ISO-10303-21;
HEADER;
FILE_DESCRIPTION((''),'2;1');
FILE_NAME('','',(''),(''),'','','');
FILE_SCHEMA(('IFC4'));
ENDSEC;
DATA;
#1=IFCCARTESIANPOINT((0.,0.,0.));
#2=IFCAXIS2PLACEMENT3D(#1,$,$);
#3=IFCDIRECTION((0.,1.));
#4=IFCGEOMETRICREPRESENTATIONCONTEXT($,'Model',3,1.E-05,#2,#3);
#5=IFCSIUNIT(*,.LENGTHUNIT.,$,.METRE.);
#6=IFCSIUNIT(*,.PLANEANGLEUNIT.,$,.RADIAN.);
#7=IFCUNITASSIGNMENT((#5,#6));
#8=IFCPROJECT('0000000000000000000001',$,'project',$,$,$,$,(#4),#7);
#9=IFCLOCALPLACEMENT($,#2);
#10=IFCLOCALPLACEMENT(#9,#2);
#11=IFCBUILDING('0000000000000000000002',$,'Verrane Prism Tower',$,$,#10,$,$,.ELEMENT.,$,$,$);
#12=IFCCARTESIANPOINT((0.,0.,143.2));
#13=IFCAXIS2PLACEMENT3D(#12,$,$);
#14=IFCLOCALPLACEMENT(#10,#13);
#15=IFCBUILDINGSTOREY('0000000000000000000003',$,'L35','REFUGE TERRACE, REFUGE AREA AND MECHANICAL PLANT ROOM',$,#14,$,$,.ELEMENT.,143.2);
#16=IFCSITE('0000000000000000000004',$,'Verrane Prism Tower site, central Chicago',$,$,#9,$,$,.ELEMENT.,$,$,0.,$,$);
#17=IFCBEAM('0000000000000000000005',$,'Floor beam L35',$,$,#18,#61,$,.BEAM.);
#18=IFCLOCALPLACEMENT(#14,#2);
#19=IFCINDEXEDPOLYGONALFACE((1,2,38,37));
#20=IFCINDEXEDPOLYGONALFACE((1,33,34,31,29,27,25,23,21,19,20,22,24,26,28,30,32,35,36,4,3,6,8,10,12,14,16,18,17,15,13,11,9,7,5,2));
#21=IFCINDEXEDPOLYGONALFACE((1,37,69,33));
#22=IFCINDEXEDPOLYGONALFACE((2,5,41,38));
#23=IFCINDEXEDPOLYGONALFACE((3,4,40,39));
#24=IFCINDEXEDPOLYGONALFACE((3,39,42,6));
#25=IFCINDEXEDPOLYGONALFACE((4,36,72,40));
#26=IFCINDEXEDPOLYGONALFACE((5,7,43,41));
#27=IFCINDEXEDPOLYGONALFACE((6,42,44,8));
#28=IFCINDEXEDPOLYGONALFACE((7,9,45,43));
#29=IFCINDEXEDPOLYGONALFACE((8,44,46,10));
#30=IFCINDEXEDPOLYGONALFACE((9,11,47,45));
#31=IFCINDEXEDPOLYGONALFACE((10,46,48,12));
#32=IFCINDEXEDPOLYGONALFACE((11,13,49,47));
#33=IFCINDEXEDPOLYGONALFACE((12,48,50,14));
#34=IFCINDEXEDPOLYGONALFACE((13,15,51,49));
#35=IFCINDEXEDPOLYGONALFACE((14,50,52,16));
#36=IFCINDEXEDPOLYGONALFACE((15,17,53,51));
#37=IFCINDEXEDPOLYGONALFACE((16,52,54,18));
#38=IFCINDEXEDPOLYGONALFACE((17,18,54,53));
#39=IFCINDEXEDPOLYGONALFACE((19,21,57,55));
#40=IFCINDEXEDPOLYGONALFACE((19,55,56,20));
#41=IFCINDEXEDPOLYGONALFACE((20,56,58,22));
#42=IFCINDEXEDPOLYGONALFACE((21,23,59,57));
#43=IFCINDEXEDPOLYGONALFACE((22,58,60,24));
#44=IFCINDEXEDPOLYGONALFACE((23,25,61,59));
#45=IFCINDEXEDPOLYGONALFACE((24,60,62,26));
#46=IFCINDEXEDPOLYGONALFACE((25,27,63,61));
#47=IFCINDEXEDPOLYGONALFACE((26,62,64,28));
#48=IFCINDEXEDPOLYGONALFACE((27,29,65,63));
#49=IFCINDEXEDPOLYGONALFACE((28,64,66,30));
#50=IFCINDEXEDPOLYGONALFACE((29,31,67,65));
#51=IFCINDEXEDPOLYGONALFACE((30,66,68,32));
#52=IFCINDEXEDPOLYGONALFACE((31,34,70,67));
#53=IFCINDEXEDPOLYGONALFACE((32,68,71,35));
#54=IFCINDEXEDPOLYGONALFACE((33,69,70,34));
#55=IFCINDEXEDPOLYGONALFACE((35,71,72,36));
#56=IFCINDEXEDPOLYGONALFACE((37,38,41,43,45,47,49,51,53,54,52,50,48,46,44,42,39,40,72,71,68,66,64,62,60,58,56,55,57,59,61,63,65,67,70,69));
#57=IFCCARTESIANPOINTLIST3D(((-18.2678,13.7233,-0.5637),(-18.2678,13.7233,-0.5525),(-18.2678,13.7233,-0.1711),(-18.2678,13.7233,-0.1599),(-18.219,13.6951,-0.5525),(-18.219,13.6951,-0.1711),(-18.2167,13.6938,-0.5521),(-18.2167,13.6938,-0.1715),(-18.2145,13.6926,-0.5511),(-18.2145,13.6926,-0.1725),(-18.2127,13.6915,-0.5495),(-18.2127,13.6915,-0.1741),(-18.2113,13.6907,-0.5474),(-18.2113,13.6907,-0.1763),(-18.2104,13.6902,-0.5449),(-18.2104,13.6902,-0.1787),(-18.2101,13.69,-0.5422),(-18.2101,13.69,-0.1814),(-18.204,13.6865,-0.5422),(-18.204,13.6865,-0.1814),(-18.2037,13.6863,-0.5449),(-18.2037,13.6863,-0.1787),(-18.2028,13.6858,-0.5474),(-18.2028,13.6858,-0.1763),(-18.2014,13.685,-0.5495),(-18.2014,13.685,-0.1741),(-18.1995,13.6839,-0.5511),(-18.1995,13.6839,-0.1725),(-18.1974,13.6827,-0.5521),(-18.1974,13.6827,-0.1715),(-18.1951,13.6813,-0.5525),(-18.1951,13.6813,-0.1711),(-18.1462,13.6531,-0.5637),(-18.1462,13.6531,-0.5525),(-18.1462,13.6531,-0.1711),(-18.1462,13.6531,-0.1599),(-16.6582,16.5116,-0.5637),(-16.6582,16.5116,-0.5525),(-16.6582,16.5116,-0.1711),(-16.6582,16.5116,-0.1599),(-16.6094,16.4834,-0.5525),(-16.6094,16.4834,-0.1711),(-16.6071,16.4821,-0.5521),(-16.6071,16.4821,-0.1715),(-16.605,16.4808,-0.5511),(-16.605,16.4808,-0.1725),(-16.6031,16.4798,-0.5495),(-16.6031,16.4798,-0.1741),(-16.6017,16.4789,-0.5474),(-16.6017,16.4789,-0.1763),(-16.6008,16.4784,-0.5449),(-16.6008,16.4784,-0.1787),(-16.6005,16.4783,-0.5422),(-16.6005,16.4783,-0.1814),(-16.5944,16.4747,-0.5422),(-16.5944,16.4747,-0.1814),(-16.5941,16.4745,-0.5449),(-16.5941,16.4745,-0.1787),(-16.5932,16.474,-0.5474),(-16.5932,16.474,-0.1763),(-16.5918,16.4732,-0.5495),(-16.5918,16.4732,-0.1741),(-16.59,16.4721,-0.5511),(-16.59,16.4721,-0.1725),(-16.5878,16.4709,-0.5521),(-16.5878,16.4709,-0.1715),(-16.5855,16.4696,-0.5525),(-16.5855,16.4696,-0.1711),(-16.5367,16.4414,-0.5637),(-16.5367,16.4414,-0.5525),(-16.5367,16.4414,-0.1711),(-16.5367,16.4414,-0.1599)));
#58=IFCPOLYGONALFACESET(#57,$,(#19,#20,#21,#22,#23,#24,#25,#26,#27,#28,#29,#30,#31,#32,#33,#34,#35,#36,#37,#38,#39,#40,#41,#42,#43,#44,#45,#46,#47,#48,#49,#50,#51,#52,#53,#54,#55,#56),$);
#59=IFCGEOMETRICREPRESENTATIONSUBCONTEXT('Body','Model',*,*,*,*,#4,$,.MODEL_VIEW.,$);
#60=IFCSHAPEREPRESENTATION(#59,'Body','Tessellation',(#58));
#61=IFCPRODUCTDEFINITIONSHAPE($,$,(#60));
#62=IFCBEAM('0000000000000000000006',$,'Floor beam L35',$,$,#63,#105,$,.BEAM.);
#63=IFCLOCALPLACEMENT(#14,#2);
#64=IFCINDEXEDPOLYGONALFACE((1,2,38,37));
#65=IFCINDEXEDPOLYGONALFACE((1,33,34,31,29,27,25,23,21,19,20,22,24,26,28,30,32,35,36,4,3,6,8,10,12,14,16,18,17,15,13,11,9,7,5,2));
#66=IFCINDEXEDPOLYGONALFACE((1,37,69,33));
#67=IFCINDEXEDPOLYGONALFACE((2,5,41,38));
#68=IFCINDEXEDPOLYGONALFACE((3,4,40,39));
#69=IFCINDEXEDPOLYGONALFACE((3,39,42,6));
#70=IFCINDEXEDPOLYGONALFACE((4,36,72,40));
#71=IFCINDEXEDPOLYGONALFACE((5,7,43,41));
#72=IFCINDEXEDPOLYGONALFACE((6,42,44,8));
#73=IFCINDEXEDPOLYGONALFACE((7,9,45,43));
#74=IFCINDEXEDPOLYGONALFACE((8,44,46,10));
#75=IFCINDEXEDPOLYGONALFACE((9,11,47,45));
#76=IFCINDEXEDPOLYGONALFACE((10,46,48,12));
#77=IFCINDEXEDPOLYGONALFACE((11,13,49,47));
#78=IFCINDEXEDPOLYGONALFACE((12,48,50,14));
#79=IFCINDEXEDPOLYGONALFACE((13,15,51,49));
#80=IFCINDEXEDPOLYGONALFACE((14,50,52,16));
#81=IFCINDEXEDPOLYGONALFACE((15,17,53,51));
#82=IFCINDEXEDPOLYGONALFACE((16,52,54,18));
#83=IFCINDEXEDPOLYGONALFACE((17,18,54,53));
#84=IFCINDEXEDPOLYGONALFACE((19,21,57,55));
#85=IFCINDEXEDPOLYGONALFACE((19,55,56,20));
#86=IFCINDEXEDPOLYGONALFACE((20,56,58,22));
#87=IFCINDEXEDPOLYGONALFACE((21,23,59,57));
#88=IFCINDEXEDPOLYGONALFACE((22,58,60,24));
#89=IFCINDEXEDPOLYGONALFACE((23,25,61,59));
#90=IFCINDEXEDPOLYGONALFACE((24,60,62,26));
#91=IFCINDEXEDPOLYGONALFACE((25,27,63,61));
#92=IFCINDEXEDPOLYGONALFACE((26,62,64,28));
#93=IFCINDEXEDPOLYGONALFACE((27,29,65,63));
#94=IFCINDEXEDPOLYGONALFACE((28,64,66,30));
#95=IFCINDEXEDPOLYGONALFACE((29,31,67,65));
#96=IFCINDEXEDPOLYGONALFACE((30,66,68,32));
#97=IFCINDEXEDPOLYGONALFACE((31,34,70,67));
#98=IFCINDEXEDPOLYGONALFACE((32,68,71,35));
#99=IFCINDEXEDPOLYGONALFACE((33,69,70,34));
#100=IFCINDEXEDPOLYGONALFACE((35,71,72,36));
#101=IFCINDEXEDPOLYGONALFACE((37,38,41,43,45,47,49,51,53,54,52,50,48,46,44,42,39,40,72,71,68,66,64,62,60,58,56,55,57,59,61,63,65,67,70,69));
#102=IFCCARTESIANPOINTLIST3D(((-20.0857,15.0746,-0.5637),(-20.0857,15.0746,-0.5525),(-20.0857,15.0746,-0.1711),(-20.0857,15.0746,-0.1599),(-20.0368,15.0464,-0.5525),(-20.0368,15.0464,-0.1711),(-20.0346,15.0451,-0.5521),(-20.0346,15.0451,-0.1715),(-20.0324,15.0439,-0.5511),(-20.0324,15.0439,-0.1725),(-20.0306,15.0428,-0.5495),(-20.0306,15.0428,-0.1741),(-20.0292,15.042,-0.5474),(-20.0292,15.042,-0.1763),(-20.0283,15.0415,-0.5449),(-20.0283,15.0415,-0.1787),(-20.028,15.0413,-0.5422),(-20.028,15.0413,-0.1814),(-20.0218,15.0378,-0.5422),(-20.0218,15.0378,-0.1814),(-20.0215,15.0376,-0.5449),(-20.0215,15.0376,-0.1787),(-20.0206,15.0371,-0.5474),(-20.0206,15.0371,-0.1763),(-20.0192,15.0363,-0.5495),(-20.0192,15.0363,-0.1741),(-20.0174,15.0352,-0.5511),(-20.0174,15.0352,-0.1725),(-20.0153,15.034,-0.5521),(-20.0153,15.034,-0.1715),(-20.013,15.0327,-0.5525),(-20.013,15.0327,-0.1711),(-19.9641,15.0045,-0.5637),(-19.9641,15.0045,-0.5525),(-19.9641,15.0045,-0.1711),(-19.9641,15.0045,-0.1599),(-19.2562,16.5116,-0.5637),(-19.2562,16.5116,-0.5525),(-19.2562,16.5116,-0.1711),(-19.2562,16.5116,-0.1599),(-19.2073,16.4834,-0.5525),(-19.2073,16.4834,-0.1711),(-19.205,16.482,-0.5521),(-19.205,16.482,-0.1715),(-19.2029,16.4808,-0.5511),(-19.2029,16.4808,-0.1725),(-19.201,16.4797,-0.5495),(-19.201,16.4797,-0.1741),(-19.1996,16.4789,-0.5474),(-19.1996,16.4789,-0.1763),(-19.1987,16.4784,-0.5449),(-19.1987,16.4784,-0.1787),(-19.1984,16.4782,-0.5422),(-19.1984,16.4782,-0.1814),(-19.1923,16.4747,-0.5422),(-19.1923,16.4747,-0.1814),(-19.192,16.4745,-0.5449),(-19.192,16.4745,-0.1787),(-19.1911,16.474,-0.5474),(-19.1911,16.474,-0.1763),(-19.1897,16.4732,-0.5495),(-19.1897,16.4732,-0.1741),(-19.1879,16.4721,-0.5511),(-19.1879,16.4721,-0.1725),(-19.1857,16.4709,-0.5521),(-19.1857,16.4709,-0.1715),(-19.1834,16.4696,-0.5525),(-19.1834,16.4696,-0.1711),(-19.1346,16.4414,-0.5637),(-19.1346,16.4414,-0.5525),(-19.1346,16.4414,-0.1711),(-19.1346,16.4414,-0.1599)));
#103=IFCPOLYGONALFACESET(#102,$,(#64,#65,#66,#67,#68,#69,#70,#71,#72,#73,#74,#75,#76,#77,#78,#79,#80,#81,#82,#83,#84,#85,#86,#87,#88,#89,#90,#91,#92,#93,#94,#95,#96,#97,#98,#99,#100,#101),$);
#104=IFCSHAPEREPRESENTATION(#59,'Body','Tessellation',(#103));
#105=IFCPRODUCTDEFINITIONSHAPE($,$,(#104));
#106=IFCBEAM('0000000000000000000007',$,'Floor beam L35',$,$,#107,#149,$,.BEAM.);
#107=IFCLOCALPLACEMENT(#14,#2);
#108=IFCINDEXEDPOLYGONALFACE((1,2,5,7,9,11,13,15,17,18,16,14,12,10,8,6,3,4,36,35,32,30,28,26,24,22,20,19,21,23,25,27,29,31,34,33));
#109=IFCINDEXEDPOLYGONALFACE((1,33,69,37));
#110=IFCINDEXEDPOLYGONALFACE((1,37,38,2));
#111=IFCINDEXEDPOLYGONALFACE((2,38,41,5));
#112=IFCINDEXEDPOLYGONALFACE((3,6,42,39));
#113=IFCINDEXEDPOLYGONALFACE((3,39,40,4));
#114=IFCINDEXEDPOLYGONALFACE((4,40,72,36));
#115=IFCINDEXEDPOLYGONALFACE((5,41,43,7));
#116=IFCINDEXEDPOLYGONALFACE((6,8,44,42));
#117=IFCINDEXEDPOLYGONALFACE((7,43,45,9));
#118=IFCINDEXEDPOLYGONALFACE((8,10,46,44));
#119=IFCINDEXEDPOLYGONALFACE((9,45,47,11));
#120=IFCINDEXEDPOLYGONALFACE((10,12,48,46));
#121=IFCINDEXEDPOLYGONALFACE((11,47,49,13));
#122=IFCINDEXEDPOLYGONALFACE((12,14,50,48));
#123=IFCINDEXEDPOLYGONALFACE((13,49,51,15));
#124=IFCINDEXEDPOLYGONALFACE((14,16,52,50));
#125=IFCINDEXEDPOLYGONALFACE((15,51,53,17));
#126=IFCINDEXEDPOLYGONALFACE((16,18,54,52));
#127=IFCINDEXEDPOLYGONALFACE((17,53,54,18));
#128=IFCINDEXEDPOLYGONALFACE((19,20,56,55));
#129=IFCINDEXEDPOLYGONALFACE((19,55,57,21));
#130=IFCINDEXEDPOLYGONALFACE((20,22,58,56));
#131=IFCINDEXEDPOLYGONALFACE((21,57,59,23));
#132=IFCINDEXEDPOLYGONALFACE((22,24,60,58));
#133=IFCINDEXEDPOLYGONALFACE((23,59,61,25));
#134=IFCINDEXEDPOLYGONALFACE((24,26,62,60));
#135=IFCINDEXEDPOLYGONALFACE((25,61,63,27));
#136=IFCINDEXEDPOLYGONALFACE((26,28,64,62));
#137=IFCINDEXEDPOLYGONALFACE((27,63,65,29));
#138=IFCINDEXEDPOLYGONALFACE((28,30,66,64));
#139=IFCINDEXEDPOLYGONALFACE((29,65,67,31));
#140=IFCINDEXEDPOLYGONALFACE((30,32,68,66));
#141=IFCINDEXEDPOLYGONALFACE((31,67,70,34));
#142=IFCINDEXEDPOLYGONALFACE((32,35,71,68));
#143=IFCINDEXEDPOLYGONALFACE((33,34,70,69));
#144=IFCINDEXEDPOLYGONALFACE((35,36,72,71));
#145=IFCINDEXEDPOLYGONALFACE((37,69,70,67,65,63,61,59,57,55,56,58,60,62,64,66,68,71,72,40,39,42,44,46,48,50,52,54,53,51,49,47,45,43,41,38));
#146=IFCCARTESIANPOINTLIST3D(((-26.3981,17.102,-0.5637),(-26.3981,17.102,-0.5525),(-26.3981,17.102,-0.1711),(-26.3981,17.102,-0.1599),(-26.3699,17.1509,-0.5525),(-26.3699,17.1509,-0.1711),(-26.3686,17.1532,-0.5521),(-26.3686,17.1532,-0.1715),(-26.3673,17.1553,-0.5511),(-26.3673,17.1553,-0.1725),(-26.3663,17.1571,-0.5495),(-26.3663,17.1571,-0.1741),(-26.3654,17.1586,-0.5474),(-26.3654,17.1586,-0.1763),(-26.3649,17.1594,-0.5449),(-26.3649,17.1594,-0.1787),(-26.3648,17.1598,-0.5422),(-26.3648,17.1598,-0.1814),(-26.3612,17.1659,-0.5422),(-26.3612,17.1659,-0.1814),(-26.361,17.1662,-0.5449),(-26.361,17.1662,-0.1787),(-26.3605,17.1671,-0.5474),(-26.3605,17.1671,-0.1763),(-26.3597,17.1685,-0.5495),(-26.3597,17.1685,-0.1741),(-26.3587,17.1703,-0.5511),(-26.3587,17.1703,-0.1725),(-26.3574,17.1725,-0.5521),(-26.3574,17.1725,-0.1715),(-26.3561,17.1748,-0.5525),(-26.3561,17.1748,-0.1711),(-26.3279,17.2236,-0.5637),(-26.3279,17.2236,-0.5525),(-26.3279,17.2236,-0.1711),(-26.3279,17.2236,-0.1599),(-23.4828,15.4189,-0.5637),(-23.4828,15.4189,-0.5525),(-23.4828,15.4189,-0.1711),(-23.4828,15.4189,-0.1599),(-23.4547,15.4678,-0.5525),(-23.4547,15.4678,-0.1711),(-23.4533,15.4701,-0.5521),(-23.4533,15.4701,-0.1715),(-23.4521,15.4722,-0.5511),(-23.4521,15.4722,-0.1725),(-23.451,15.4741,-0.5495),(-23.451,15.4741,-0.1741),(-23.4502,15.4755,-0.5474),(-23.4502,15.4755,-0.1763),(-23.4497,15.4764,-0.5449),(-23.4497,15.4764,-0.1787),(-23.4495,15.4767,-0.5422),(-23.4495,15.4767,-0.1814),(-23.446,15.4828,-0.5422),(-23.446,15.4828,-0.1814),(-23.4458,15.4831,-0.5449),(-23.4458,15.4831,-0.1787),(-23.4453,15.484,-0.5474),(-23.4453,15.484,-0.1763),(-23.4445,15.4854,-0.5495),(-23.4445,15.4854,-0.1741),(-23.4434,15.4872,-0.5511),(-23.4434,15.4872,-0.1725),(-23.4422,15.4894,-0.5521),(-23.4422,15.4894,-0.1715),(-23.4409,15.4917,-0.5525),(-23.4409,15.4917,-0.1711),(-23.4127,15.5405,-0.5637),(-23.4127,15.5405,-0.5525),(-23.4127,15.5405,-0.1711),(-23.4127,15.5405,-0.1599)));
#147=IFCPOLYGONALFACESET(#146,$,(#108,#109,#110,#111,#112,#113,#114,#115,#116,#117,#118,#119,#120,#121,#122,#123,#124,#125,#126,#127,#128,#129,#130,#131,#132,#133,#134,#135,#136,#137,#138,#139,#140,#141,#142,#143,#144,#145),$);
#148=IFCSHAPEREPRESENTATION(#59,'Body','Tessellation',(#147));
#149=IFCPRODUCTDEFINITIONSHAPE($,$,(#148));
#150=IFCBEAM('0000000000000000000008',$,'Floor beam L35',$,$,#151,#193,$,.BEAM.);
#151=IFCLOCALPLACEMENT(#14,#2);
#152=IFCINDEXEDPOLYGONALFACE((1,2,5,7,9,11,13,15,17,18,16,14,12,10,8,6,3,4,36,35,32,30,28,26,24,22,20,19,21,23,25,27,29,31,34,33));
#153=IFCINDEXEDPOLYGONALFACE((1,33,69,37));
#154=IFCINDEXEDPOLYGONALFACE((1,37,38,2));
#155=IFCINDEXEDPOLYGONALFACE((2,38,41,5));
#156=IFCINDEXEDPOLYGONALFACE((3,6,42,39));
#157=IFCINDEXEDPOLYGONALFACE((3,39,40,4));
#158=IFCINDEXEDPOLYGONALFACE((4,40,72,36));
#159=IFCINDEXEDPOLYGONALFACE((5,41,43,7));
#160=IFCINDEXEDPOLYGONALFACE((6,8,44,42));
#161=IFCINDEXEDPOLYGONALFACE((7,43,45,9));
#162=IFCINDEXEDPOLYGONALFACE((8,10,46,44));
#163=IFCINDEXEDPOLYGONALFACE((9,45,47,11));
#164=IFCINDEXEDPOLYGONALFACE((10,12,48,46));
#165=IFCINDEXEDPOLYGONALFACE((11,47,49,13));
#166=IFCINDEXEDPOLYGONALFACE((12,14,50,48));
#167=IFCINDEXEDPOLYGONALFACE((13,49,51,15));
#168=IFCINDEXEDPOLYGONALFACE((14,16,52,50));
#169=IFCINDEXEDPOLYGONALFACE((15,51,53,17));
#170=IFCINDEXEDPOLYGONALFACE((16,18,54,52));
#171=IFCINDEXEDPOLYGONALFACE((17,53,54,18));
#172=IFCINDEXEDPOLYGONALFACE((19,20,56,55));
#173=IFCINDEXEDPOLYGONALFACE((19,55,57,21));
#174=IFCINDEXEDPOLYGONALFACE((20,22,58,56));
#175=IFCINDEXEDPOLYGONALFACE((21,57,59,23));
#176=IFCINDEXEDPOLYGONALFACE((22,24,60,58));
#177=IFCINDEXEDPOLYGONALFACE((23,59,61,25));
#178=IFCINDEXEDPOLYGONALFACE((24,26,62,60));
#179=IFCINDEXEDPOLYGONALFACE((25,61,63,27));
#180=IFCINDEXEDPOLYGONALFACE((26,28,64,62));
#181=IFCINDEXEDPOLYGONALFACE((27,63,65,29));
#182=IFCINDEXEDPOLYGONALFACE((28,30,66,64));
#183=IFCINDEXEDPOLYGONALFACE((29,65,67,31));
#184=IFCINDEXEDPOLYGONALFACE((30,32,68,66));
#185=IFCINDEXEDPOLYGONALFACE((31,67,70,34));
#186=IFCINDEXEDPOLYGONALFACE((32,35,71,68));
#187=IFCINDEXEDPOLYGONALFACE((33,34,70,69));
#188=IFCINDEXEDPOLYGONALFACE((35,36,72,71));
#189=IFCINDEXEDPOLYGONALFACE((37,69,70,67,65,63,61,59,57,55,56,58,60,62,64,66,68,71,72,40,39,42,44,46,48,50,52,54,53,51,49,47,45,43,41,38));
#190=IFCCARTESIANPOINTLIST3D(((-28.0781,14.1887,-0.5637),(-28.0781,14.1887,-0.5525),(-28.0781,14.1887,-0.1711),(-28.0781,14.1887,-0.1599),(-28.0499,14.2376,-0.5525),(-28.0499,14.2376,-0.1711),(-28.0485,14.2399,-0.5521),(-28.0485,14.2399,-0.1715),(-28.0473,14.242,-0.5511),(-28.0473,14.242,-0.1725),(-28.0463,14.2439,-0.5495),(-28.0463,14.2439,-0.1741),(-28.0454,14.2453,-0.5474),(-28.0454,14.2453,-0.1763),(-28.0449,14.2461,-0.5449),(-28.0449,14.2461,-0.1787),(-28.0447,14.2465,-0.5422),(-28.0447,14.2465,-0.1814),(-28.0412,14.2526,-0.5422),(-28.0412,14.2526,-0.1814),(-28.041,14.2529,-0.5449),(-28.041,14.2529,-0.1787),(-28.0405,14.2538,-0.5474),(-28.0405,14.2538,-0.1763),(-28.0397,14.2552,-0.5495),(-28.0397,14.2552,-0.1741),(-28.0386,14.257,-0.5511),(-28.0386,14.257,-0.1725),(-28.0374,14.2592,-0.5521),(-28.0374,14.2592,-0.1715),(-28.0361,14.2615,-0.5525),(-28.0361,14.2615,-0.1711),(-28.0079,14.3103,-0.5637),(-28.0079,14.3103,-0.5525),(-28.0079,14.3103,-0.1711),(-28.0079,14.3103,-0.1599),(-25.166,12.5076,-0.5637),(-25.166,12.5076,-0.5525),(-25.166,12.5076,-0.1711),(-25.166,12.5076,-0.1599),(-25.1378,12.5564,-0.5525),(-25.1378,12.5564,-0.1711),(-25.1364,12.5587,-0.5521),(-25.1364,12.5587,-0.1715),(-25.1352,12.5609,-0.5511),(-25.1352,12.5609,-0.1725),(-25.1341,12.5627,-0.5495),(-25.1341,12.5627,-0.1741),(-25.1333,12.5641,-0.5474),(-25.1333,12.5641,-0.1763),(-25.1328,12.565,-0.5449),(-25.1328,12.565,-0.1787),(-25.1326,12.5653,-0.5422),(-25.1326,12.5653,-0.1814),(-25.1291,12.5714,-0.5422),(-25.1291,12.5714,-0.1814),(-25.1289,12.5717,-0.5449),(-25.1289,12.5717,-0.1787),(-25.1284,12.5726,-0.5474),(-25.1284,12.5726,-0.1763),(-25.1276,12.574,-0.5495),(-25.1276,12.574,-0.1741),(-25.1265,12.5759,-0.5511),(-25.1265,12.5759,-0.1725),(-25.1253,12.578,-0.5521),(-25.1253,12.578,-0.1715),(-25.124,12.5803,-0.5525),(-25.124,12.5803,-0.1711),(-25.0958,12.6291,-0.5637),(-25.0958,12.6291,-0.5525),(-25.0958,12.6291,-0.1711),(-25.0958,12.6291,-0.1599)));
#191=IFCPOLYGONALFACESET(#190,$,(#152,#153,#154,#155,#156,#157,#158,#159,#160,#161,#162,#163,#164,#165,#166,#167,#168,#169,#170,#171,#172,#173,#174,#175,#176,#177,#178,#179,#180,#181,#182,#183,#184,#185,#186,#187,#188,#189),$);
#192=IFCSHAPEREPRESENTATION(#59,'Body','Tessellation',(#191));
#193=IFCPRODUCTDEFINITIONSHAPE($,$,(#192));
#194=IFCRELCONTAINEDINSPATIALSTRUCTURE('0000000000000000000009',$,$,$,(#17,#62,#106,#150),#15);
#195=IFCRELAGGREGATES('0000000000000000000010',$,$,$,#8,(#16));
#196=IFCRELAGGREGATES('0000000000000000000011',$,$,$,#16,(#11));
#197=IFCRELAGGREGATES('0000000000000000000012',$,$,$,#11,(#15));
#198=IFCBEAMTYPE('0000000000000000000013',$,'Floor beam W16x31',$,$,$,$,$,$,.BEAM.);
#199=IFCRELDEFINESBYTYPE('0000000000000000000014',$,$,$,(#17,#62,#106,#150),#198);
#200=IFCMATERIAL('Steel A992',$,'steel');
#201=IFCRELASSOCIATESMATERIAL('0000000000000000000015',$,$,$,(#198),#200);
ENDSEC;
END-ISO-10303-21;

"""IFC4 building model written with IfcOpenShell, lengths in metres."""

from ifc_helpers import new_model, si_unit, direction, frame, origin, origin_2d, place, context, subcontext, project, spatial, i_section, extrude, material, material_profile, profile_set, type_object, element, save


model = new_model("IFC4")

# Units and contexts
model_context = context("Model", 3, precision=1e-05, world=origin(), true_north=direction((0.0, 1.0)))
body_context = subcontext(model_context, "Body", "Model", "MODEL_VIEW")
ifc_project = project(units=[si_unit("LENGTHUNIT", "METRE"), si_unit("PLANEANGLEUNIT", "RADIAN")], contexts=[model_context])

# Site, building, storey
site_placement = place(None, origin())
site = spatial("IfcSite", under=ifc_project, at=site_placement, Name="Verrane Prism Tower site, central Chicago", CompositionType="ELEMENT", RefElevation=0.0)
building_placement = place(site_placement, origin())
building = spatial("IfcBuilding", under=site, at=building_placement, Name="Verrane Prism Tower", CompositionType="ELEMENT")
storey_placement = place(building_placement, frame((0.0, 0.0, 143.2)))
storey = spatial("IfcBuildingStorey", under=building, at=storey_placement, Name="L35", Description="REFUGE TERRACE, REFUGE AREA AND MECHANICAL PLANT ROOM", CompositionType="ELEMENT", Elevation=143.2)

# Beams
ifc_material_1 = material(Name="Steel A992", Category="steel")
ifc_material_profile_1 = material_profile(ifc_material_1, i_section(OverallWidth=0.1404, OverallDepth=0.4038, WebThickness=0.0071, FlangeThickness=0.0112, FilletRadius=0.0103, at=origin_2d()), Name="W16x31")
ifc_profile_set_1 = profile_set([ifc_material_profile_1], Name="Steel A992")
beam_type_1 = type_object("IfcBeamType", Name="Floor beam W16x31", PredefinedType="BEAM", material=ifc_profile_set_1)
beam_1_placement = place(storey_placement, frame((-18.207, 13.6882, -0.3618), z_axis=(0.499948, 0.866056, 0.0), x_axis=(-0.866056, 0.499948, 0.0)))
element("IfcBeam", 1, at=beam_1_placement, inside=storey, type_object=beam_type_1, Name="Floor beam L35", PredefinedType="BEAM", context=body_context, shape_type="SweptSolid", body=[
    extrude(i_section(OverallWidth=0.1404, OverallDepth=0.4038, WebThickness=0.0071, FlangeThickness=0.0112, FilletRadius=0.0103, at=origin_2d()), origin(), (0.0, 0.0, 1.0), 3.2195),
])
beam_2_placement = place(storey_placement, frame((-20.0249, 15.0396, -0.3618), z_axis=(0.499969, 0.866043, 0.0), x_axis=(-0.866043, 0.499969, 0.0)))
element("IfcBeam", 2, at=beam_2_placement, inside=storey, type_object=beam_type_1, Name="Floor beam L35", PredefinedType="BEAM", context=body_context, shape_type="SweptSolid", body=[
    extrude(i_section(OverallWidth=0.1404, OverallDepth=0.4038, WebThickness=0.0071, FlangeThickness=0.0112, FilletRadius=0.0103, at=origin_2d()), origin(), (0.0, 0.0, 1.0), 1.6592),
])
beam_3_placement = place(storey_placement, frame((-23.4478, 15.4797, -0.3618), z_axis=(-0.86603, 0.499992, 0.0), x_axis=(-0.499992, -0.86603, 0.0)))
element("IfcBeam", 3, at=beam_3_placement, inside=storey, type_object=beam_type_1, Name="Floor beam L35", PredefinedType="BEAM", context=body_context, shape_type="SweptSolid", body=[
    extrude(i_section(OverallWidth=0.1404, OverallDepth=0.4038, WebThickness=0.0071, FlangeThickness=0.0112, FilletRadius=0.0103, at=origin_2d()), origin(), (0.0, 0.0, 1.0), 3.3662),
])
beam_4_placement = place(storey_placement, frame((-25.1309, 12.5684, -0.3618), z_axis=(-0.866045, 0.499965, 0.0), x_axis=(-0.499965, -0.866045, 0.0)))
element("IfcBeam", 4, at=beam_4_placement, inside=storey, type_object=beam_type_1, Name="Floor beam L35", PredefinedType="BEAM", context=body_context, shape_type="SweptSolid", body=[
    extrude(i_section(OverallWidth=0.1404, OverallDepth=0.4038, WebThickness=0.0071, FlangeThickness=0.0112, FilletRadius=0.0103, at=origin_2d()), origin(), (0.0, 0.0, 1.0), 3.3625),
])

save(model, "model.ifc")
